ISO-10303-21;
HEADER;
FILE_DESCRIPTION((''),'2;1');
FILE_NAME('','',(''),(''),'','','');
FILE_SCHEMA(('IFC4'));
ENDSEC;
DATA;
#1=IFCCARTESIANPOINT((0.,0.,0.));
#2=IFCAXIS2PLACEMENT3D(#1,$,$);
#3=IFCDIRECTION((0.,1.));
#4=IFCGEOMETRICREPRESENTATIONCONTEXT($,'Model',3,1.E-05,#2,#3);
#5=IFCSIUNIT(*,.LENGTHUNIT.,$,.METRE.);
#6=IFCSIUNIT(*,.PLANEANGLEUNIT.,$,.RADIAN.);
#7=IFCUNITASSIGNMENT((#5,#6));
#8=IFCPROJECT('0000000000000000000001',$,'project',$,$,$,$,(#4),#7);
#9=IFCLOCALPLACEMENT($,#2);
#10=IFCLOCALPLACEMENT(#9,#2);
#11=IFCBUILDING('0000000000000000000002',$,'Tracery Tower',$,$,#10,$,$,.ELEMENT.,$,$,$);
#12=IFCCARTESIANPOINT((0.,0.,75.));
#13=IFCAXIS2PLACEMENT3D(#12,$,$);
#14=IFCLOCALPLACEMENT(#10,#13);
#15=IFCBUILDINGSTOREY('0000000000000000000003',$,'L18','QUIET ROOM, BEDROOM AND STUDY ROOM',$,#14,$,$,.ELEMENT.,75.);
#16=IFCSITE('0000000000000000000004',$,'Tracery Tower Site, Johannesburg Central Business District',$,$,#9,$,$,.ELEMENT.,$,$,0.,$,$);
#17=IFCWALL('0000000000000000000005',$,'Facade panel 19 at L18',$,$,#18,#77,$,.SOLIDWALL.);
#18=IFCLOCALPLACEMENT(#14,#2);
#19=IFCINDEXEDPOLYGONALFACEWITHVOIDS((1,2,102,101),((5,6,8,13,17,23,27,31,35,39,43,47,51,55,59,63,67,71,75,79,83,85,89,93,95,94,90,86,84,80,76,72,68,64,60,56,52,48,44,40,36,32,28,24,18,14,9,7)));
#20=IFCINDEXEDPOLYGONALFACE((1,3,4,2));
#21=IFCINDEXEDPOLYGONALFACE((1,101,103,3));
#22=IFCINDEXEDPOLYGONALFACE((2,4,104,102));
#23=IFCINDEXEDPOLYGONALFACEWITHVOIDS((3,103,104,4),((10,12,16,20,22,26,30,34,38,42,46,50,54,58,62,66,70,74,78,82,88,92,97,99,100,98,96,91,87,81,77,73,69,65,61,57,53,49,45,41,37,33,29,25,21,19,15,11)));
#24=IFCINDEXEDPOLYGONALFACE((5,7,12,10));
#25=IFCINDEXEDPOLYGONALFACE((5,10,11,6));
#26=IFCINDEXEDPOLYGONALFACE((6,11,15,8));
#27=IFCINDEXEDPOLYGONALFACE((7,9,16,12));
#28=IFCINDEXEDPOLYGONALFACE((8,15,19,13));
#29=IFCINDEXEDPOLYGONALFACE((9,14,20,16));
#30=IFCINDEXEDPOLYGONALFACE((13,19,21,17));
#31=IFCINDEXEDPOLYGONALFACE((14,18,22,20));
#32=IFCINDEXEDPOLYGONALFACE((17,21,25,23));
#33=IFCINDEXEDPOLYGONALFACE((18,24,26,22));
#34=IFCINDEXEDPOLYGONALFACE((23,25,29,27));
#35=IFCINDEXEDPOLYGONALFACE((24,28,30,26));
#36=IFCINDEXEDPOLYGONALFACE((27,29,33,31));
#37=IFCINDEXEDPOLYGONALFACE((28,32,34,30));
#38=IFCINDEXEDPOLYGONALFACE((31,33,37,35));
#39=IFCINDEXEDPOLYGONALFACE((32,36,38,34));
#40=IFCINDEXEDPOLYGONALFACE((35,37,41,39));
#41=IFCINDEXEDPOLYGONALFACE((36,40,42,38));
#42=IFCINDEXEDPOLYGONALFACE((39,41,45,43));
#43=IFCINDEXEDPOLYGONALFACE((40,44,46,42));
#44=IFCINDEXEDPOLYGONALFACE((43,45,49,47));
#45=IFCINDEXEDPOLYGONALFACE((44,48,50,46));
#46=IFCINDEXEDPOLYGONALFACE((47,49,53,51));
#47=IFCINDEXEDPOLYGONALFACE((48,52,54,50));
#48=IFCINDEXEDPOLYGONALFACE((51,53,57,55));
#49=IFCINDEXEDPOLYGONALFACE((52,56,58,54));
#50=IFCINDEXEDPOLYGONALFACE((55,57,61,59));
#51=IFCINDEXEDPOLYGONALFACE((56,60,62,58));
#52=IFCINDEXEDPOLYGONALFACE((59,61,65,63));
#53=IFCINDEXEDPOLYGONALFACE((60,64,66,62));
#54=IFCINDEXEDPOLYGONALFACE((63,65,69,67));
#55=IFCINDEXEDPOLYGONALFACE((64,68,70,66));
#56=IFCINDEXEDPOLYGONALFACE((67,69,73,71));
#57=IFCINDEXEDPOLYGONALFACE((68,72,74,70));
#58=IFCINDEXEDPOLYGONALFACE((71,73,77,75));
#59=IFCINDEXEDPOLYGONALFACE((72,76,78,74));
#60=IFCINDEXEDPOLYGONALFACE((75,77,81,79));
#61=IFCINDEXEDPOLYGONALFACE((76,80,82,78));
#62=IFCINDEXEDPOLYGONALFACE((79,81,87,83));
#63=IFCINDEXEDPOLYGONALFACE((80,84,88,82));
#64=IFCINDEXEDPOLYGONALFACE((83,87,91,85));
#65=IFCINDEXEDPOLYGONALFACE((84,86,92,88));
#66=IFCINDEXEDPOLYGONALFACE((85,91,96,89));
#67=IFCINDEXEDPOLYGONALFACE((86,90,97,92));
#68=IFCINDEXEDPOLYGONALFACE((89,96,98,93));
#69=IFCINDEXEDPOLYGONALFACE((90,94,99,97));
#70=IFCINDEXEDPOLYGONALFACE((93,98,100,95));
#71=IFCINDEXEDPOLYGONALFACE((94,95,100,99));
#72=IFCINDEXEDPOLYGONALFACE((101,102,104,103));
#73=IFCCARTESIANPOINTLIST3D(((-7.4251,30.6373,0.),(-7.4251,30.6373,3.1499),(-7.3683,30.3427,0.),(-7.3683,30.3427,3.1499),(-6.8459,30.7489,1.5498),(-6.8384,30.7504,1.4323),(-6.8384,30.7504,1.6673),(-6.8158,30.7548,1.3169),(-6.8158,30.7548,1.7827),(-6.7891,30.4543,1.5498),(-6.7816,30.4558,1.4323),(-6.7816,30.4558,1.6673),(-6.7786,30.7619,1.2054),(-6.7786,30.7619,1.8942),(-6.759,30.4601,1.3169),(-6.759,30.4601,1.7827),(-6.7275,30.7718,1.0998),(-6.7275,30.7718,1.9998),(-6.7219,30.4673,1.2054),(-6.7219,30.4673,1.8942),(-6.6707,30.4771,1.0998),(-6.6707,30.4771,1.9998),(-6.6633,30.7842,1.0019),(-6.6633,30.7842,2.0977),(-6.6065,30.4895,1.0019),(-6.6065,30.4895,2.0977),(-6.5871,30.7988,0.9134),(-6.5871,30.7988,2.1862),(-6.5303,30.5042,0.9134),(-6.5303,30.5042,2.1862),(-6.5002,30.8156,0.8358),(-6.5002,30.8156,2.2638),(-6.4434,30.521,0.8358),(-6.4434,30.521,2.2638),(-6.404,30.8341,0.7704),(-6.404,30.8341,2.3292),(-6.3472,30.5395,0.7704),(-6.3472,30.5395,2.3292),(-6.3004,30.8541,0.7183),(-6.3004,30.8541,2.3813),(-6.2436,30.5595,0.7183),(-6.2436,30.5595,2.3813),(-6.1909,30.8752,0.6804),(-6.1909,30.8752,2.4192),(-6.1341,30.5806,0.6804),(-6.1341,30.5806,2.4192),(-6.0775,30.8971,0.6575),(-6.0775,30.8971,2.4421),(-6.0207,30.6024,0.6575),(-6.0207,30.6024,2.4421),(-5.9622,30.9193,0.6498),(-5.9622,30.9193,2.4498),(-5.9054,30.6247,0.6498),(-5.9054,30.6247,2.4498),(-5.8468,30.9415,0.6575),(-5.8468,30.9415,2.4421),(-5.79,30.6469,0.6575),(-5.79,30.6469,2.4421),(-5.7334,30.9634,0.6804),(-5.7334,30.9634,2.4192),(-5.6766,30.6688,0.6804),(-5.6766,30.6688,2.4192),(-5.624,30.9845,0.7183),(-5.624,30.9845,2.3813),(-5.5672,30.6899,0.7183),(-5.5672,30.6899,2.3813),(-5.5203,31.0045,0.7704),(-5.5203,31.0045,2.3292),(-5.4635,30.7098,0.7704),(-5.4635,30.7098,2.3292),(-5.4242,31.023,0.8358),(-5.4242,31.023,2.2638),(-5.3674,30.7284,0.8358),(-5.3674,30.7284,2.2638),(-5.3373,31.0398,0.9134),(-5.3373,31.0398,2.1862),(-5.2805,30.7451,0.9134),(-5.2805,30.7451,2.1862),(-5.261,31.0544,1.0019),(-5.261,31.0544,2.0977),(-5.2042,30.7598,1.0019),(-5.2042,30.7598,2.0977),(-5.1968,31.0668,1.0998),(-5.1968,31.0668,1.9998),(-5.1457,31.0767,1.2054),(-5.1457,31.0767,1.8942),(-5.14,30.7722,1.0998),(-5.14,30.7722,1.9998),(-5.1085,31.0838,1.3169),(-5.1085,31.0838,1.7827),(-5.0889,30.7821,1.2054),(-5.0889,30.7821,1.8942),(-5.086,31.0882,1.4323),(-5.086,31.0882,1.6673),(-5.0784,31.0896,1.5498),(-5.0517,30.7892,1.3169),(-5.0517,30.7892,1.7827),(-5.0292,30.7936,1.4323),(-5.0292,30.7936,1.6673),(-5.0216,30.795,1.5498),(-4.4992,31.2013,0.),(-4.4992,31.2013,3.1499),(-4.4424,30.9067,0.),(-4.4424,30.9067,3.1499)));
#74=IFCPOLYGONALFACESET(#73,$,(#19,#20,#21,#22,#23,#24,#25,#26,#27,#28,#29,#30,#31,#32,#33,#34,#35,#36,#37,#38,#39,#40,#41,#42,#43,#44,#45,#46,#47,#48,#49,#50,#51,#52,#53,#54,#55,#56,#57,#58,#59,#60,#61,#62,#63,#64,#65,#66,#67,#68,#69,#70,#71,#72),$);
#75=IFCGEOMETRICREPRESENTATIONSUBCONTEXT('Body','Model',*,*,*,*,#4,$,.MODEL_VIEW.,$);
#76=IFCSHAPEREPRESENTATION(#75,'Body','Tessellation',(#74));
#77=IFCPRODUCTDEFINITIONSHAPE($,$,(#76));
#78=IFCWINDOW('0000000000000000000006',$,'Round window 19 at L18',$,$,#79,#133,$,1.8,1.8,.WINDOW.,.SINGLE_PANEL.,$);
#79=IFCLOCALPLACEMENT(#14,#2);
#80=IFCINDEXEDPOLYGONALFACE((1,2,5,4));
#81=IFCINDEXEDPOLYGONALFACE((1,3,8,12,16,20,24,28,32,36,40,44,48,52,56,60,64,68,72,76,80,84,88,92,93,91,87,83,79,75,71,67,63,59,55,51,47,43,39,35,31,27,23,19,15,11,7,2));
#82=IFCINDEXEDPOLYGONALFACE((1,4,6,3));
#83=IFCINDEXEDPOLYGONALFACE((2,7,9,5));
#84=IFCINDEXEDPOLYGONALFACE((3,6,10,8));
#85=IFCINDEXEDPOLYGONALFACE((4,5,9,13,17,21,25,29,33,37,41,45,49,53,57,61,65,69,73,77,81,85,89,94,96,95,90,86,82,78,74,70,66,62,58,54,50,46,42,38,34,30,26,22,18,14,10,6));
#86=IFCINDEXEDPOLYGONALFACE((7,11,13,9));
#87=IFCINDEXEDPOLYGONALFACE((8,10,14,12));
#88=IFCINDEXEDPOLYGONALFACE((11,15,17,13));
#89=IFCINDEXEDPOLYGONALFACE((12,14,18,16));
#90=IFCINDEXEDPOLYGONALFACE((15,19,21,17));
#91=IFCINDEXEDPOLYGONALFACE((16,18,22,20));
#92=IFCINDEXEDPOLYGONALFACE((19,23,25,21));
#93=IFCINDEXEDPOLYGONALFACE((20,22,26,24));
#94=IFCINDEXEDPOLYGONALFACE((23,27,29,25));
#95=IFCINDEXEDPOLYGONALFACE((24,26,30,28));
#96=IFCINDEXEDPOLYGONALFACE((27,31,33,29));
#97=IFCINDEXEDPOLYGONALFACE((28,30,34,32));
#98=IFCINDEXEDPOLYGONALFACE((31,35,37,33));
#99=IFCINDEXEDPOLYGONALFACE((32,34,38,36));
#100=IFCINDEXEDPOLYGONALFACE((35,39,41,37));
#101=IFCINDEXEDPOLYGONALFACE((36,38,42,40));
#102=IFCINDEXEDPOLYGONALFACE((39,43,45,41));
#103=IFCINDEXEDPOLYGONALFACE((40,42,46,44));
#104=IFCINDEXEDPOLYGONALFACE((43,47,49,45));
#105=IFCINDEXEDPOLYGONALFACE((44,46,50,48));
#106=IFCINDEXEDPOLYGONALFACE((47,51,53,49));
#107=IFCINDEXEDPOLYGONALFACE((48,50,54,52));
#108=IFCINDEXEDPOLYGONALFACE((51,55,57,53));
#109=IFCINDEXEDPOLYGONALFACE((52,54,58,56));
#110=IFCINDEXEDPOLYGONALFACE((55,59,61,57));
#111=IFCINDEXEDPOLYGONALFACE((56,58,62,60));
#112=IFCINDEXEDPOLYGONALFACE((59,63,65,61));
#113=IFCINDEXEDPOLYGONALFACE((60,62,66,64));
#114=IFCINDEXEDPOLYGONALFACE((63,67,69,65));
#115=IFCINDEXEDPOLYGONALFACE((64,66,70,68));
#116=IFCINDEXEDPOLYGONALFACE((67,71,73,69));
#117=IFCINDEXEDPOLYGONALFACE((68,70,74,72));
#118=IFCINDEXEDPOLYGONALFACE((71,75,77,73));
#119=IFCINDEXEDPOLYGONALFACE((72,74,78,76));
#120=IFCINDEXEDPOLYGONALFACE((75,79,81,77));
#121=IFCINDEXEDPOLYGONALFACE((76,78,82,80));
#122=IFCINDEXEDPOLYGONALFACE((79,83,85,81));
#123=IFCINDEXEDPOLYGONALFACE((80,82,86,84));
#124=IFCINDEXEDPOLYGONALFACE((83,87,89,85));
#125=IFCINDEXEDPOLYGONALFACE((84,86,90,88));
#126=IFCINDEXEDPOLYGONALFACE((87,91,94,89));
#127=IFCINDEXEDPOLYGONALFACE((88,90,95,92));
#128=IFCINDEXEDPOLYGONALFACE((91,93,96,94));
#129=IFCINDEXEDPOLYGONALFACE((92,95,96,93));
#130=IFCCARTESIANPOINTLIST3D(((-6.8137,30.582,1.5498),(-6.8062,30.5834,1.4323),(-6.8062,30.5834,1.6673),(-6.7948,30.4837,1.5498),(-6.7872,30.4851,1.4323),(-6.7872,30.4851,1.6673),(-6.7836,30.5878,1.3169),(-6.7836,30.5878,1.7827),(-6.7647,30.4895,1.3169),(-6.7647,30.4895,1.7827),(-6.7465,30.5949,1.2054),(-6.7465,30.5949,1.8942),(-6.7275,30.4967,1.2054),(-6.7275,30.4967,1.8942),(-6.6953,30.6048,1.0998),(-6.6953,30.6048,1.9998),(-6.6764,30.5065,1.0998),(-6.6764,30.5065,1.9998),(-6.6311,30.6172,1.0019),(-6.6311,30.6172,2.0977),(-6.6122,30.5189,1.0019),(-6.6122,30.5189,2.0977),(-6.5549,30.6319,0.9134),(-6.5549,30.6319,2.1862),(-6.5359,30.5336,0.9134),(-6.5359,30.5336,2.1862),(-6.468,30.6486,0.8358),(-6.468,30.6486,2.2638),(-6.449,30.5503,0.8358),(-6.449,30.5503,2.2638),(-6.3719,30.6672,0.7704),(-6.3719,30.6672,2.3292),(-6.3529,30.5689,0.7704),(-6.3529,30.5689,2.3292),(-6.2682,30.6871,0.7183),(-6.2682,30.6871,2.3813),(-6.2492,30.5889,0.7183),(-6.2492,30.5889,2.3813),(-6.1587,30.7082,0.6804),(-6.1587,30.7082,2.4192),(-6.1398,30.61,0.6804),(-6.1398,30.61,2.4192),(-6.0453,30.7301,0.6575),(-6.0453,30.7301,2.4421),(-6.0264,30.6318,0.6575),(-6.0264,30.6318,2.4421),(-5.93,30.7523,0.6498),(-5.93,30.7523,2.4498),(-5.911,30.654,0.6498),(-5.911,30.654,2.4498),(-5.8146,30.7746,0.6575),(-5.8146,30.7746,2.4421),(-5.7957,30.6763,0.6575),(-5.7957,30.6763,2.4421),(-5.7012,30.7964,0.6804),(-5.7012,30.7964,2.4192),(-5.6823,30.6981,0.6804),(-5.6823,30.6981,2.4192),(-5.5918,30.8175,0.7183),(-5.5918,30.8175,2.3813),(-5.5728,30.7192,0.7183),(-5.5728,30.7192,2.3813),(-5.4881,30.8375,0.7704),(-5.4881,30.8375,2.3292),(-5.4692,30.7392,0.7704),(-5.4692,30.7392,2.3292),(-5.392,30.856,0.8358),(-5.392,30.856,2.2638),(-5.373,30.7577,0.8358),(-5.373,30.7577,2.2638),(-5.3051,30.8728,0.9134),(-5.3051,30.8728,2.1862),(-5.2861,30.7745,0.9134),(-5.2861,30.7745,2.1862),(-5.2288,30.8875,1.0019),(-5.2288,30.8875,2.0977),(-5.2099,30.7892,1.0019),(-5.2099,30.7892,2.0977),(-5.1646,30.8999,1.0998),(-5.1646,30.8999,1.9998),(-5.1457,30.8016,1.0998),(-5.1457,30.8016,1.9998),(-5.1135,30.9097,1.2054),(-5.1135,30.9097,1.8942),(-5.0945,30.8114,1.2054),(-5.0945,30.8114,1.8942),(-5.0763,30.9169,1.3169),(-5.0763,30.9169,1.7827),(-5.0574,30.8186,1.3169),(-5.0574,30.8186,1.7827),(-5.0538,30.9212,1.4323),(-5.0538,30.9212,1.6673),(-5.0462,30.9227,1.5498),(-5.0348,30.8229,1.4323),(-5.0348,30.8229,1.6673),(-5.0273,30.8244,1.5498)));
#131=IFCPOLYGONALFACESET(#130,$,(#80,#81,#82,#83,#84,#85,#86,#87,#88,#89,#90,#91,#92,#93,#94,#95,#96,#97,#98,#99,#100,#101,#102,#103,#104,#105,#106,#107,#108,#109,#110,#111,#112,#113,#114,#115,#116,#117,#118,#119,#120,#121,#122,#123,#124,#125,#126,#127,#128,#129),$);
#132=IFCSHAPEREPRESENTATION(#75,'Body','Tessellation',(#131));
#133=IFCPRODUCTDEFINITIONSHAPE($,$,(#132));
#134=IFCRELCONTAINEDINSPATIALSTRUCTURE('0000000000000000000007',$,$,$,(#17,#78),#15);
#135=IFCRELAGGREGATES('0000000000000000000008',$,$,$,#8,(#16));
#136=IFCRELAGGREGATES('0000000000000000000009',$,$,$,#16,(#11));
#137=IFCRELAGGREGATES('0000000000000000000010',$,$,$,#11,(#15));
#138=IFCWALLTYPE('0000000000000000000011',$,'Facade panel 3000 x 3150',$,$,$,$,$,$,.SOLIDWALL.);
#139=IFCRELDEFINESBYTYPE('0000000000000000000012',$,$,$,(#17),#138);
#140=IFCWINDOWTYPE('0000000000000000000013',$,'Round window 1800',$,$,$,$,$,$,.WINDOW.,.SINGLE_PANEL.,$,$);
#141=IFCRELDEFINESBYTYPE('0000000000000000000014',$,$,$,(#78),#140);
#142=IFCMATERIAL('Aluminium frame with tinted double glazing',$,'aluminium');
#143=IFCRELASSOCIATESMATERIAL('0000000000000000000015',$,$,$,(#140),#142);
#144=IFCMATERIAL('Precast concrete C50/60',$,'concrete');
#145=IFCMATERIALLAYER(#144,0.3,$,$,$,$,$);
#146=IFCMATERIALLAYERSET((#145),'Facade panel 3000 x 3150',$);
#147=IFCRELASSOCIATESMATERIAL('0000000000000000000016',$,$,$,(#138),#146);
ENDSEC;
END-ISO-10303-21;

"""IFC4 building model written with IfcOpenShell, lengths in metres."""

from ifc_helpers import new_model, si_unit, direction, frame, frame_2d, origin, origin_2d, place, context, subcontext, project, spatial, rectangle, circle, extrude, material, layer, layer_set, type_object, element, fill, save


model = new_model("IFC4")

# Units and contexts
model_context = context("Model", 3, precision=1e-05, world=origin(), true_north=direction((0.0, 1.0)))
body_context = subcontext(model_context, "Body", "Model", "MODEL_VIEW")
ifc_project = project(units=[si_unit("LENGTHUNIT", "METRE"), si_unit("PLANEANGLEUNIT", "RADIAN")], contexts=[model_context])

# Site, building, storey
site_placement = place(None, origin())
site = spatial("IfcSite", under=ifc_project, at=site_placement, Name="Tracery Tower Site, Johannesburg Central Business District", CompositionType="ELEMENT", RefElevation=0.0)
building_placement = place(site_placement, origin())
building = spatial("IfcBuilding", under=site, at=building_placement, Name="Tracery Tower", CompositionType="ELEMENT")
storey_placement = place(building_placement, frame((0.0, 0.0, 75.0)))
storey = spatial("IfcBuildingStorey", under=building, at=storey_placement, Name="L18", Description="QUIET ROOM, BEDROOM AND STUDY ROOM", CompositionType="ELEMENT", Elevation=75.0)

# Wall, opening, window
ifc_material_1 = material(Name="Aluminium frame with tinted double glazing", Category="aluminium")
window_type = type_object("IfcWindowType", Name="Round window 1800", PartitioningType="SINGLE_PANEL", PredefinedType="WINDOW", material=ifc_material_1)
ifc_material_2 = material(Name="Precast concrete C50/60", Category="concrete")
ifc_layer_1 = layer(ifc_material_2, 0.3)
ifc_layer_set_1 = layer_set([ifc_layer_1], Name="Facade panel 3000 x 3150")
wall_type_1 = type_object("IfcWallType", Name="Facade panel 3000 x 3150", PredefinedType="SOLIDWALL", material=ifc_layer_set_1)
wall_1_placement = place(storey_placement, frame((-4.4709, 31.054, 0.0), z_axis=(0.0, 0.0, 1.0), x_axis=(-0.981925, -0.189273, 0.0)))
wall_1 = element("IfcWall", 1, at=wall_1_placement, inside=storey, type_object=wall_type_1, Name="Facade panel 19 at L18", PredefinedType="SOLIDWALL", context=body_context, shape_type="SweptSolid", body=[
    extrude(rectangle(XDim=2.9797, YDim=0.3, at=frame_2d((1.4897, 0.0))), origin(), (0.0, 0.0, 1.0), 3.1499),
])
opening_1_placement = place(wall_1_placement, frame((1.4897, 0.0, 1.5498)))
opening_1 = element("IfcOpeningElement", 2, at=opening_1_placement, cuts=wall_1, PredefinedType="OPENING", context=body_context, shape_type="SweptSolid", body=[
    extrude(circle(Radius=0.9, at=origin_2d()), frame((0.0, 0.1599, 0.0), z_axis=(0.0, -1.0, 0.0), x_axis=(1.0, 0.0, 0.0)), (0.0, 0.0, 1.0), 0.3201),
])
window_1_placement = place(opening_1_placement, origin())
window_1 = element("IfcWindow", 3, at=window_1_placement, inside=storey, type_object=window_type, Name="Round window 19 at L18", OverallHeight=1.8, OverallWidth=1.8, PartitioningType="SINGLE_PANEL", PredefinedType="WINDOW", context=body_context, shape_type="SweptSolid", body=[
    extrude(circle(Radius=0.9, at=origin_2d()), frame((0.0, 0.1201, 0.0), z_axis=(0.0, -1.0, 0.0), x_axis=(1.0, 0.0, 0.0)), (0.0, 0.0, 1.0), 0.1001),
])
fill(opening_1, window_1)

save(model, "model.ifc")
